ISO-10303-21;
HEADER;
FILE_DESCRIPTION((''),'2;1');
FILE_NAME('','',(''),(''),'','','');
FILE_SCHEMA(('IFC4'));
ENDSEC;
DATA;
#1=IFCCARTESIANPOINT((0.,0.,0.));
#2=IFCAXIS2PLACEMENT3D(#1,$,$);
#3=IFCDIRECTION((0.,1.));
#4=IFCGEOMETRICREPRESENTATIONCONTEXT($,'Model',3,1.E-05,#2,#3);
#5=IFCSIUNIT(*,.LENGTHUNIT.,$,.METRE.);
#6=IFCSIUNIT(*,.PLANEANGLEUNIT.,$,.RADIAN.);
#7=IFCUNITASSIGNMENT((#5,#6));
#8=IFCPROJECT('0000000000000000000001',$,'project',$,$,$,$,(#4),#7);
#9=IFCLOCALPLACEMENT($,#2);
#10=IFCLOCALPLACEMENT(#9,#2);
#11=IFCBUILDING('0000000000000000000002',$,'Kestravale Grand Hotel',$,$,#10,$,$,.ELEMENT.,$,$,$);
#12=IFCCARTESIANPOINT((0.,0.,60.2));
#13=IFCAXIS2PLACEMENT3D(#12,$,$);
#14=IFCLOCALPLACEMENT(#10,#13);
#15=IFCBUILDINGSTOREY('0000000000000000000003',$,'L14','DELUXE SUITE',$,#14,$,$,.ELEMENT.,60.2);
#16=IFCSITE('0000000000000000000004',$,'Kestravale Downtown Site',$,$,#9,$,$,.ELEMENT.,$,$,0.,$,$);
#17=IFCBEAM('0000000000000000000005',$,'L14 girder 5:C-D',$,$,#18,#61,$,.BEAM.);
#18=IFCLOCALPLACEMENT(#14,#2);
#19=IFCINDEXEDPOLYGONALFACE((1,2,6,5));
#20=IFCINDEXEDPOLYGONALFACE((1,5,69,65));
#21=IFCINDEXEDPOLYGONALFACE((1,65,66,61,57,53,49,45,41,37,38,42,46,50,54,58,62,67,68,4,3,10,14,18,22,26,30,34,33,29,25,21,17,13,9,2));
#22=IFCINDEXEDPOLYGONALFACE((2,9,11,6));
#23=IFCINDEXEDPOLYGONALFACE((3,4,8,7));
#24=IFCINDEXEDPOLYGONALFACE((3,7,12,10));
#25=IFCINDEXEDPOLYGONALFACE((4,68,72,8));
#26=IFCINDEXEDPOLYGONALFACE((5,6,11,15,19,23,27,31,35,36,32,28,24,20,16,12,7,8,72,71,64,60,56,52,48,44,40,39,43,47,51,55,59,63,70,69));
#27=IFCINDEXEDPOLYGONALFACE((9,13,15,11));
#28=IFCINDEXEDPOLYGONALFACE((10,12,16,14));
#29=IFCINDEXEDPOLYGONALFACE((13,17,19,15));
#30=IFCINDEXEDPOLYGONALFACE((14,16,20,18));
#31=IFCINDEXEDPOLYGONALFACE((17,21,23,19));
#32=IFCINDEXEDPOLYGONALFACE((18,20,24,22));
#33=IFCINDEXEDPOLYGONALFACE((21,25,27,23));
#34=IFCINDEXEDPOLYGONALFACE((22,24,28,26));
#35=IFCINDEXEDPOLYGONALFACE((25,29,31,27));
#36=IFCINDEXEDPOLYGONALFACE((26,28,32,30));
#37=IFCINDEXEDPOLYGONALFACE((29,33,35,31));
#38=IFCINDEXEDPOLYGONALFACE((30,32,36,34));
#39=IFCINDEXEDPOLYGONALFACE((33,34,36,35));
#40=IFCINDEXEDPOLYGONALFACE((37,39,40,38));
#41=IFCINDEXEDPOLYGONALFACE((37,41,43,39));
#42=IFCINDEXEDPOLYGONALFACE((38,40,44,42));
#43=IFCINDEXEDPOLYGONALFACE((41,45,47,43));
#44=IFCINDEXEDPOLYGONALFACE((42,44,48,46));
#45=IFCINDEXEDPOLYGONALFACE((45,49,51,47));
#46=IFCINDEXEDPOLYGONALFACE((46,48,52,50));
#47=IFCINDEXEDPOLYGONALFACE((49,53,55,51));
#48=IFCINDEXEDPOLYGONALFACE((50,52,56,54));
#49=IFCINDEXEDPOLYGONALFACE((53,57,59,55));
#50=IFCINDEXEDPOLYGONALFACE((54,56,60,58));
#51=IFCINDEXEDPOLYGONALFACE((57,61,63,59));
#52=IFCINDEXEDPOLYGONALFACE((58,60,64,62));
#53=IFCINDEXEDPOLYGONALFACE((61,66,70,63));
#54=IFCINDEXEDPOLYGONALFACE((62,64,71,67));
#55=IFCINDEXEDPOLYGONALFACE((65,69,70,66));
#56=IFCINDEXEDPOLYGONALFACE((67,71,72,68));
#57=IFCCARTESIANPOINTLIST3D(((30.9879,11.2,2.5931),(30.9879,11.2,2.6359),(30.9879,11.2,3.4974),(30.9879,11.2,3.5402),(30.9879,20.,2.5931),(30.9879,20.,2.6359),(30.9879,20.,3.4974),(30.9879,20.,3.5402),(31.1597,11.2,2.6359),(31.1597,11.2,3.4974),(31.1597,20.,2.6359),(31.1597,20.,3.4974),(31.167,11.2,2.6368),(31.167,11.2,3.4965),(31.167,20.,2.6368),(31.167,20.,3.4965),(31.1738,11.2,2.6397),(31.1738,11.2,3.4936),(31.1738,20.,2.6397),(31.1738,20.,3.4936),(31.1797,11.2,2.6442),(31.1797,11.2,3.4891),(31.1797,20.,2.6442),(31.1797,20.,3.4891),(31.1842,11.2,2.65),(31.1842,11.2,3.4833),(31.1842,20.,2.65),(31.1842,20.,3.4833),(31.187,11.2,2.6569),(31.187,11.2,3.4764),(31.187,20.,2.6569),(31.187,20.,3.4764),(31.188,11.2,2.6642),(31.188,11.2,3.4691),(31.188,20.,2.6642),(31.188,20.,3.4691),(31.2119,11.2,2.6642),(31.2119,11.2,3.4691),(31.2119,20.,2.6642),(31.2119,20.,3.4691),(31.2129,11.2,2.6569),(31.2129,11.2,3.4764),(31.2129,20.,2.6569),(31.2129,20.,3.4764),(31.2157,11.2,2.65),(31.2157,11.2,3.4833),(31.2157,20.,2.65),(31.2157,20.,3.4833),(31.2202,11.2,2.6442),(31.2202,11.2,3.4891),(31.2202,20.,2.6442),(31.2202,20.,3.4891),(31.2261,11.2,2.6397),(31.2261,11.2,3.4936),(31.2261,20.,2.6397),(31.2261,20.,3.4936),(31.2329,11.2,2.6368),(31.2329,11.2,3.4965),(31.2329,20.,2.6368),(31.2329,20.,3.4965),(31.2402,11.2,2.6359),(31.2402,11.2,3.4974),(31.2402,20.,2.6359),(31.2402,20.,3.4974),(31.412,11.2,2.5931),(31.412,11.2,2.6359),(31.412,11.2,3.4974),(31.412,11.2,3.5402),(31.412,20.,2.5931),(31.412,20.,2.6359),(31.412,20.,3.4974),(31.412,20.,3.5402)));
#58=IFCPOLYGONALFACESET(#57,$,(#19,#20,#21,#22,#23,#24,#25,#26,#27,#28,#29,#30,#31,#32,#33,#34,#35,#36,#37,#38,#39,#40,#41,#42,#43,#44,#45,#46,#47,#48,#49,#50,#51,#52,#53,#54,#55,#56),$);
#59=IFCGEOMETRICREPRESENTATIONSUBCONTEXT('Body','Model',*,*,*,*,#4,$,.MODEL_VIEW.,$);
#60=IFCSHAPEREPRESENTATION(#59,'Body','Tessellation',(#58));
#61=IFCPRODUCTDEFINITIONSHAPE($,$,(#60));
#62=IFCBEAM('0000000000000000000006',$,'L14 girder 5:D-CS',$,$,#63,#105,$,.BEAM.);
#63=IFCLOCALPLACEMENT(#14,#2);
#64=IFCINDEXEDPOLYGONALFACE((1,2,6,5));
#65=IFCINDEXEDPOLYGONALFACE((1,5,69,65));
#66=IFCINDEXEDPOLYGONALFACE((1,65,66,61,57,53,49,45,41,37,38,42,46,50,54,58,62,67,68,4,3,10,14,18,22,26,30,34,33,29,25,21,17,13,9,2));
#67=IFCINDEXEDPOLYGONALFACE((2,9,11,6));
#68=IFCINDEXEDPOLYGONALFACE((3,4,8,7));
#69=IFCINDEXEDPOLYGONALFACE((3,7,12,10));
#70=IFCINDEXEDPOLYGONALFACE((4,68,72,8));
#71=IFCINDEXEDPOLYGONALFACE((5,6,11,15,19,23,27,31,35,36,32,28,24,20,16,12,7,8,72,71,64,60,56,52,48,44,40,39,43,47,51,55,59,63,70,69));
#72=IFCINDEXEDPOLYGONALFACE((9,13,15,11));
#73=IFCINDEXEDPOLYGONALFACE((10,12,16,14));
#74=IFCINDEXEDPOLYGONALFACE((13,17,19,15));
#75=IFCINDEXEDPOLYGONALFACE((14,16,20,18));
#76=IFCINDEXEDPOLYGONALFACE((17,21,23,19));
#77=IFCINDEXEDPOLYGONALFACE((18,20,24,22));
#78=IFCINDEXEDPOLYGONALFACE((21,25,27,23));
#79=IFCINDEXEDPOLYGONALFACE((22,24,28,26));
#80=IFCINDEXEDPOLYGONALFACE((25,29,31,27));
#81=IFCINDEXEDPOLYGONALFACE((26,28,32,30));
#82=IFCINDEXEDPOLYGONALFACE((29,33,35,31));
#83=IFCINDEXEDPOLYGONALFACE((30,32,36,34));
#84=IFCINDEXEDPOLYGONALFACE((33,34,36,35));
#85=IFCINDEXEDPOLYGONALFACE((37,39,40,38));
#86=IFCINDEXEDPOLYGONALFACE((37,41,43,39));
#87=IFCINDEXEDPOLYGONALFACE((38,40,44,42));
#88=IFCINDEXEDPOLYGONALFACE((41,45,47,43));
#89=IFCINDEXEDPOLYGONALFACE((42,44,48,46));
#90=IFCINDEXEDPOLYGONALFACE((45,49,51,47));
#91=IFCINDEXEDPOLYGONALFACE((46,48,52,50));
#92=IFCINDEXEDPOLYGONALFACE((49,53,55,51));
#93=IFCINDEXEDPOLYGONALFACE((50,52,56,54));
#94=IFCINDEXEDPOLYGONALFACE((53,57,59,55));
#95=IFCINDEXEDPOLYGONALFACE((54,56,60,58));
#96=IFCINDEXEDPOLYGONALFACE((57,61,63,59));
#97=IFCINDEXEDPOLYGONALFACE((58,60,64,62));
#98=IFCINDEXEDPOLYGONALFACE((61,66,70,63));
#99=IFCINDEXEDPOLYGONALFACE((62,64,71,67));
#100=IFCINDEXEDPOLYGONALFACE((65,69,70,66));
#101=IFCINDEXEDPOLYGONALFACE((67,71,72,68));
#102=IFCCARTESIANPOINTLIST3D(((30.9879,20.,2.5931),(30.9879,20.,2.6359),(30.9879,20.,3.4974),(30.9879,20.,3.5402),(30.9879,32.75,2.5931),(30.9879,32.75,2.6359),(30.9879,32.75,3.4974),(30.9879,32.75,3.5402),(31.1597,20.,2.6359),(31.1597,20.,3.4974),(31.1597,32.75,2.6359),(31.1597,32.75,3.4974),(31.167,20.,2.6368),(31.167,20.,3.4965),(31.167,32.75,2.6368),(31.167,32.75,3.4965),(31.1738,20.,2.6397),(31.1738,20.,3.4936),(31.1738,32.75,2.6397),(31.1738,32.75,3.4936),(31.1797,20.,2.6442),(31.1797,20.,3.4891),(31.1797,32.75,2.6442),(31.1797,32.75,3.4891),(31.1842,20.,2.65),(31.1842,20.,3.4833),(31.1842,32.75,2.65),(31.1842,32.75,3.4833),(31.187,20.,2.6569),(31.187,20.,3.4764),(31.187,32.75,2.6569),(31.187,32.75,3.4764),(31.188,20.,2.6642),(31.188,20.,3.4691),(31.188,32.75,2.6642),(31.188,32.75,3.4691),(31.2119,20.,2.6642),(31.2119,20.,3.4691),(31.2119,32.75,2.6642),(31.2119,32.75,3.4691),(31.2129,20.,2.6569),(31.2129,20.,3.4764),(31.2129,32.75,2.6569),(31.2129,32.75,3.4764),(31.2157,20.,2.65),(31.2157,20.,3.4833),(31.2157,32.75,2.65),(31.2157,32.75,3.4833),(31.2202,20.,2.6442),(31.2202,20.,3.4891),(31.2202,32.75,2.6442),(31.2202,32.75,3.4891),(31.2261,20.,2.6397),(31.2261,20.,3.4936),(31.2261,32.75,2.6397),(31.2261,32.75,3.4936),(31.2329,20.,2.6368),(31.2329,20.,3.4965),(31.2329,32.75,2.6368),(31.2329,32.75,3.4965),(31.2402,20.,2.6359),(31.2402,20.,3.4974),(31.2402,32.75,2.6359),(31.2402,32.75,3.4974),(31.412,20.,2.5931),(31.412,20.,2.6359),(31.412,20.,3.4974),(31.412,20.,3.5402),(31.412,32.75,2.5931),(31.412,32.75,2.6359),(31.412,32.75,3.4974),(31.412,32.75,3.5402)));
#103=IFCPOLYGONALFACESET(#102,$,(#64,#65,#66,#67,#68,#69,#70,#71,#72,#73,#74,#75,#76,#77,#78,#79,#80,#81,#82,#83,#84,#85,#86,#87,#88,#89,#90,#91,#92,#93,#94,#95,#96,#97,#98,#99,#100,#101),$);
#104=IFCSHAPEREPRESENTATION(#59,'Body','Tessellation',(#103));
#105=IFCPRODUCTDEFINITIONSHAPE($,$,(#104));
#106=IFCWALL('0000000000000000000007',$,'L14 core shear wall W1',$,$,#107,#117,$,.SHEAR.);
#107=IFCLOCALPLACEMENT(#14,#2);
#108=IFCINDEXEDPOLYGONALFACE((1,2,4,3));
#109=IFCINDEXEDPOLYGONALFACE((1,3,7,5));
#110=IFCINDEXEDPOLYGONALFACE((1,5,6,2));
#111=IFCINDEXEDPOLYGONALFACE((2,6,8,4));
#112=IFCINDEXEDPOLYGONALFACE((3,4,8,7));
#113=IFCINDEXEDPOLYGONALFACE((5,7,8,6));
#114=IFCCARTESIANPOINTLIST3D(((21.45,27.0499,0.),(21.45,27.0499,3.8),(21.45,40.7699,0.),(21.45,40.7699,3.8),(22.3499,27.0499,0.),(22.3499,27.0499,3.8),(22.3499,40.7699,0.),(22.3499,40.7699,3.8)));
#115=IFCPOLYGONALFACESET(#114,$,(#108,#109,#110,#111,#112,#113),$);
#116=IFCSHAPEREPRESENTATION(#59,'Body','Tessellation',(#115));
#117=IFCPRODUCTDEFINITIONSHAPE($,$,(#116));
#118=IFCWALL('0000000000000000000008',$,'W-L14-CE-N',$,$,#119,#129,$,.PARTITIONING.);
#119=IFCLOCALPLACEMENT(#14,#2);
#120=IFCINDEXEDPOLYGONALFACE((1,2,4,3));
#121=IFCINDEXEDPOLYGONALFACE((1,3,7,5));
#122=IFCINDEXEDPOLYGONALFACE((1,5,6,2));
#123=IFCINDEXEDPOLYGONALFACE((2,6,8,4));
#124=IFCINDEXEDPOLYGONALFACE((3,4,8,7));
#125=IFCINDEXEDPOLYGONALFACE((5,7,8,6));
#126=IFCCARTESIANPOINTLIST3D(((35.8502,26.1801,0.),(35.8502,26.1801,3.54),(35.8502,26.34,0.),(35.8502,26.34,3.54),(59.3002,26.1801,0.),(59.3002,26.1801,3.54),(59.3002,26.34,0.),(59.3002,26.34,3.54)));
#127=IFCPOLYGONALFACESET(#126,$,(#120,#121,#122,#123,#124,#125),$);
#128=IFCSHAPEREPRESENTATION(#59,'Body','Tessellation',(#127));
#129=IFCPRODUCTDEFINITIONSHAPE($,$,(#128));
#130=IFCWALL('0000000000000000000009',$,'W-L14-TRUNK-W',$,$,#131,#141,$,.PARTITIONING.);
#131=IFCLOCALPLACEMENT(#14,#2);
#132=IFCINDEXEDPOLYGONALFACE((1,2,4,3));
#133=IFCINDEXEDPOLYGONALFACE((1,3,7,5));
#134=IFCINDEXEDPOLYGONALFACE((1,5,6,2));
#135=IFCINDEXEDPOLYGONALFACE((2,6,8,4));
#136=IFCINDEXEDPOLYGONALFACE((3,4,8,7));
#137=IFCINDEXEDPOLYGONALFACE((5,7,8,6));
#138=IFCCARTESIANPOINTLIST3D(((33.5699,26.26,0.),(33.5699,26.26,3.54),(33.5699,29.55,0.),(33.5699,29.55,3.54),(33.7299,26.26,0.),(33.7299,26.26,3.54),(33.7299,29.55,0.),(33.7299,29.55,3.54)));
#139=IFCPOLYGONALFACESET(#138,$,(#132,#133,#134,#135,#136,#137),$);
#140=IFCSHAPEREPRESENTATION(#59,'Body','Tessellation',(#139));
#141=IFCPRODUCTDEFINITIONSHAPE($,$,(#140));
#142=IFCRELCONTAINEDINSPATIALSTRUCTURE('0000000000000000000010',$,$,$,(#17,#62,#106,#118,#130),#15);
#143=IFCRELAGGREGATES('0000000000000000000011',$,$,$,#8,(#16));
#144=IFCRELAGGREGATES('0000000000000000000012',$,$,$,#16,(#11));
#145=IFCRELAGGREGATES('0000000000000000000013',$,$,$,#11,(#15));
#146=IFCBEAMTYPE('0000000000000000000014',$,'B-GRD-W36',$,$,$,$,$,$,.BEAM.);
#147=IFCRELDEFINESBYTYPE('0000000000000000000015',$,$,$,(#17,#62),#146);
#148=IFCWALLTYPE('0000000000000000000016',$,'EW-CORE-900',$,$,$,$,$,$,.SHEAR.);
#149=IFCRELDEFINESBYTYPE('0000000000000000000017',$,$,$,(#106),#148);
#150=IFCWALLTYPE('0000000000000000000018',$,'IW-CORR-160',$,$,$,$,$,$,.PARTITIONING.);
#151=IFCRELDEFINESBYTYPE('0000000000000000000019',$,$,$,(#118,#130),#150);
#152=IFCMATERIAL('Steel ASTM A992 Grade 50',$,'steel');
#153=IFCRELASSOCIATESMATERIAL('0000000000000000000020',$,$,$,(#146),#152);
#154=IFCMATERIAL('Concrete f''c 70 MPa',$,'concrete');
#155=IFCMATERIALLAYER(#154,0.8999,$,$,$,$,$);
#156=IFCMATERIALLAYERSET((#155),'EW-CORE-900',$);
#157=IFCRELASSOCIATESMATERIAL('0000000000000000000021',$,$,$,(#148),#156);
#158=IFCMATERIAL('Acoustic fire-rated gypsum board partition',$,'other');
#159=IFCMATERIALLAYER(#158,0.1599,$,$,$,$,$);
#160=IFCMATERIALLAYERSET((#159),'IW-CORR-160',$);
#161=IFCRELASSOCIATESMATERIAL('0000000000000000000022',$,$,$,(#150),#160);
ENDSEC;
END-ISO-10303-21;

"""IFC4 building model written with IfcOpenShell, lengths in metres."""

from ifc_helpers import new_model, si_unit, direction, frame, frame_2d, origin, origin_2d, place, context, subcontext, project, spatial, rectangle, i_section, extrude, material, layer, layer_set, material_profile, profile_set, type_object, element, save


model = new_model("IFC4")

# Units and contexts
model_context = context("Model", 3, precision=1e-05, world=origin(), true_north=direction((0.0, 1.0)))
body_context = subcontext(model_context, "Body", "Model", "MODEL_VIEW")
ifc_project = project(units=[si_unit("LENGTHUNIT", "METRE"), si_unit("PLANEANGLEUNIT", "RADIAN")], contexts=[model_context])

# Site, building, storey
site_placement = place(None, origin())
site = spatial("IfcSite", under=ifc_project, at=site_placement, Name="Kestravale Downtown Site", CompositionType="ELEMENT", RefElevation=0.0)
building_placement = place(site_placement, origin())
building = spatial("IfcBuilding", under=site, at=building_placement, Name="Kestravale Grand Hotel", CompositionType="ELEMENT")
storey_placement = place(building_placement, frame((0.0, 0.0, 60.2)))
storey = spatial("IfcBuildingStorey", under=building, at=storey_placement, Name="L14", Description="DELUXE SUITE", CompositionType="ELEMENT", Elevation=60.2)

# Beams
ifc_material_1 = material(Name="Steel ASTM A992 Grade 50", Category="steel")
ifc_material_profile_1 = material_profile(ifc_material_1, i_section(OverallWidth=0.4241, OverallDepth=0.947, WebThickness=0.0239, FlangeThickness=0.0427, FilletRadius=0.0283, at=origin_2d()))
ifc_profile_set_1 = profile_set([ifc_material_profile_1], Name="Steel ASTM A992 Grade 50")
beam_type_1 = type_object("IfcBeamType", Name="B-GRD-W36", PredefinedType="BEAM", material=ifc_profile_set_1)
beam_1_placement = place(storey_placement, frame((31.2, 11.2, 3.0667), z_axis=(0.0, 1.0, 0.0), x_axis=(-1.0, 0.0, 0.0)))
element("IfcBeam", 1, at=beam_1_placement, inside=storey, type_object=beam_type_1, Name="L14 girder 5:C-D", PredefinedType="BEAM", context=body_context, shape_type="SweptSolid", body=[
    extrude(i_section(OverallWidth=0.4241, OverallDepth=0.947, WebThickness=0.0239, FlangeThickness=0.0427, FilletRadius=0.0283, at=origin_2d()), origin(), (0.0, 0.0, 1.0), 8.8),
])
beam_2_placement = place(storey_placement, frame((31.2, 20.0, 3.0667), z_axis=(0.0, 1.0, 0.0), x_axis=(-1.0, 0.0, 0.0)))
element("IfcBeam", 2, at=beam_2_placement, inside=storey, type_object=beam_type_1, Name="L14 girder 5:D-CS", PredefinedType="BEAM", context=body_context, shape_type="SweptSolid", body=[
    extrude(i_section(OverallWidth=0.4241, OverallDepth=0.947, WebThickness=0.0239, FlangeThickness=0.0427, FilletRadius=0.0283, at=origin_2d()), origin(), (0.0, 0.0, 1.0), 12.75),
])

# Walls
ifc_material_2 = material(Name="Concrete f'c 70 MPa", Category="concrete")
ifc_layer_1 = layer(ifc_material_2, 0.8999)
ifc_layer_set_1 = layer_set([ifc_layer_1], Name="EW-CORE-900")
wall_type_1 = type_object("IfcWallType", Name="EW-CORE-900", PredefinedType="SHEAR", material=ifc_layer_set_1)
wall_1_placement = place(storey_placement, frame((21.8999, 27.05, 0.0), z_axis=(0.0, 0.0, 1.0), x_axis=(0.0, 1.0, 0.0)))
element("IfcWall", 3, at=wall_1_placement, inside=storey, type_object=wall_type_1, Name="L14 core shear wall W1", PredefinedType="SHEAR", context=body_context, shape_type="SweptSolid", body=[
    extrude(rectangle(XDim=13.72, YDim=0.8999, at=frame_2d((6.8599, 0.0))), origin(), (0.0, 0.0, 1.0), 3.8),
])
ifc_material_3 = material(Name="Acoustic fire-rated gypsum board partition", Category="other")
ifc_layer_2 = layer(ifc_material_3, 0.1599)
ifc_layer_set_2 = layer_set([ifc_layer_2], Name="IW-CORR-160")
wall_type_2 = type_object("IfcWallType", Name="IW-CORR-160", PredefinedType="PARTITIONING", material=ifc_layer_set_2)
wall_2_placement = place(storey_placement, frame((35.8501, 26.26, 0.0), z_axis=(0.0, 0.0, 1.0), x_axis=(1.0, 0.0, 0.0)))
element("IfcWall", 4, at=wall_2_placement, inside=storey, type_object=wall_type_2, Name="W-L14-CE-N", PredefinedType="PARTITIONING", context=body_context, shape_type="SweptSolid", body=[
    extrude(rectangle(XDim=23.45, YDim=0.1599, at=frame_2d((11.7251, 0.0))), origin(), (0.0, 0.0, 1.0), 3.54),
])
wall_3_placement = place(storey_placement, frame((33.6499, 26.26, 0.0), z_axis=(0.0, 0.0, 1.0), x_axis=(0.0, 1.0, 0.0)))
element("IfcWall", 5, at=wall_3_placement, inside=storey, type_object=wall_type_2, Name="W-L14-TRUNK-W", PredefinedType="PARTITIONING", context=body_context, shape_type="SweptSolid", body=[
    extrude(rectangle(XDim=3.29, YDim=0.1599, at=frame_2d((1.645, 0.0))), origin(), (0.0, 0.0, 1.0), 3.54),
])

save(model, "model.ifc")
